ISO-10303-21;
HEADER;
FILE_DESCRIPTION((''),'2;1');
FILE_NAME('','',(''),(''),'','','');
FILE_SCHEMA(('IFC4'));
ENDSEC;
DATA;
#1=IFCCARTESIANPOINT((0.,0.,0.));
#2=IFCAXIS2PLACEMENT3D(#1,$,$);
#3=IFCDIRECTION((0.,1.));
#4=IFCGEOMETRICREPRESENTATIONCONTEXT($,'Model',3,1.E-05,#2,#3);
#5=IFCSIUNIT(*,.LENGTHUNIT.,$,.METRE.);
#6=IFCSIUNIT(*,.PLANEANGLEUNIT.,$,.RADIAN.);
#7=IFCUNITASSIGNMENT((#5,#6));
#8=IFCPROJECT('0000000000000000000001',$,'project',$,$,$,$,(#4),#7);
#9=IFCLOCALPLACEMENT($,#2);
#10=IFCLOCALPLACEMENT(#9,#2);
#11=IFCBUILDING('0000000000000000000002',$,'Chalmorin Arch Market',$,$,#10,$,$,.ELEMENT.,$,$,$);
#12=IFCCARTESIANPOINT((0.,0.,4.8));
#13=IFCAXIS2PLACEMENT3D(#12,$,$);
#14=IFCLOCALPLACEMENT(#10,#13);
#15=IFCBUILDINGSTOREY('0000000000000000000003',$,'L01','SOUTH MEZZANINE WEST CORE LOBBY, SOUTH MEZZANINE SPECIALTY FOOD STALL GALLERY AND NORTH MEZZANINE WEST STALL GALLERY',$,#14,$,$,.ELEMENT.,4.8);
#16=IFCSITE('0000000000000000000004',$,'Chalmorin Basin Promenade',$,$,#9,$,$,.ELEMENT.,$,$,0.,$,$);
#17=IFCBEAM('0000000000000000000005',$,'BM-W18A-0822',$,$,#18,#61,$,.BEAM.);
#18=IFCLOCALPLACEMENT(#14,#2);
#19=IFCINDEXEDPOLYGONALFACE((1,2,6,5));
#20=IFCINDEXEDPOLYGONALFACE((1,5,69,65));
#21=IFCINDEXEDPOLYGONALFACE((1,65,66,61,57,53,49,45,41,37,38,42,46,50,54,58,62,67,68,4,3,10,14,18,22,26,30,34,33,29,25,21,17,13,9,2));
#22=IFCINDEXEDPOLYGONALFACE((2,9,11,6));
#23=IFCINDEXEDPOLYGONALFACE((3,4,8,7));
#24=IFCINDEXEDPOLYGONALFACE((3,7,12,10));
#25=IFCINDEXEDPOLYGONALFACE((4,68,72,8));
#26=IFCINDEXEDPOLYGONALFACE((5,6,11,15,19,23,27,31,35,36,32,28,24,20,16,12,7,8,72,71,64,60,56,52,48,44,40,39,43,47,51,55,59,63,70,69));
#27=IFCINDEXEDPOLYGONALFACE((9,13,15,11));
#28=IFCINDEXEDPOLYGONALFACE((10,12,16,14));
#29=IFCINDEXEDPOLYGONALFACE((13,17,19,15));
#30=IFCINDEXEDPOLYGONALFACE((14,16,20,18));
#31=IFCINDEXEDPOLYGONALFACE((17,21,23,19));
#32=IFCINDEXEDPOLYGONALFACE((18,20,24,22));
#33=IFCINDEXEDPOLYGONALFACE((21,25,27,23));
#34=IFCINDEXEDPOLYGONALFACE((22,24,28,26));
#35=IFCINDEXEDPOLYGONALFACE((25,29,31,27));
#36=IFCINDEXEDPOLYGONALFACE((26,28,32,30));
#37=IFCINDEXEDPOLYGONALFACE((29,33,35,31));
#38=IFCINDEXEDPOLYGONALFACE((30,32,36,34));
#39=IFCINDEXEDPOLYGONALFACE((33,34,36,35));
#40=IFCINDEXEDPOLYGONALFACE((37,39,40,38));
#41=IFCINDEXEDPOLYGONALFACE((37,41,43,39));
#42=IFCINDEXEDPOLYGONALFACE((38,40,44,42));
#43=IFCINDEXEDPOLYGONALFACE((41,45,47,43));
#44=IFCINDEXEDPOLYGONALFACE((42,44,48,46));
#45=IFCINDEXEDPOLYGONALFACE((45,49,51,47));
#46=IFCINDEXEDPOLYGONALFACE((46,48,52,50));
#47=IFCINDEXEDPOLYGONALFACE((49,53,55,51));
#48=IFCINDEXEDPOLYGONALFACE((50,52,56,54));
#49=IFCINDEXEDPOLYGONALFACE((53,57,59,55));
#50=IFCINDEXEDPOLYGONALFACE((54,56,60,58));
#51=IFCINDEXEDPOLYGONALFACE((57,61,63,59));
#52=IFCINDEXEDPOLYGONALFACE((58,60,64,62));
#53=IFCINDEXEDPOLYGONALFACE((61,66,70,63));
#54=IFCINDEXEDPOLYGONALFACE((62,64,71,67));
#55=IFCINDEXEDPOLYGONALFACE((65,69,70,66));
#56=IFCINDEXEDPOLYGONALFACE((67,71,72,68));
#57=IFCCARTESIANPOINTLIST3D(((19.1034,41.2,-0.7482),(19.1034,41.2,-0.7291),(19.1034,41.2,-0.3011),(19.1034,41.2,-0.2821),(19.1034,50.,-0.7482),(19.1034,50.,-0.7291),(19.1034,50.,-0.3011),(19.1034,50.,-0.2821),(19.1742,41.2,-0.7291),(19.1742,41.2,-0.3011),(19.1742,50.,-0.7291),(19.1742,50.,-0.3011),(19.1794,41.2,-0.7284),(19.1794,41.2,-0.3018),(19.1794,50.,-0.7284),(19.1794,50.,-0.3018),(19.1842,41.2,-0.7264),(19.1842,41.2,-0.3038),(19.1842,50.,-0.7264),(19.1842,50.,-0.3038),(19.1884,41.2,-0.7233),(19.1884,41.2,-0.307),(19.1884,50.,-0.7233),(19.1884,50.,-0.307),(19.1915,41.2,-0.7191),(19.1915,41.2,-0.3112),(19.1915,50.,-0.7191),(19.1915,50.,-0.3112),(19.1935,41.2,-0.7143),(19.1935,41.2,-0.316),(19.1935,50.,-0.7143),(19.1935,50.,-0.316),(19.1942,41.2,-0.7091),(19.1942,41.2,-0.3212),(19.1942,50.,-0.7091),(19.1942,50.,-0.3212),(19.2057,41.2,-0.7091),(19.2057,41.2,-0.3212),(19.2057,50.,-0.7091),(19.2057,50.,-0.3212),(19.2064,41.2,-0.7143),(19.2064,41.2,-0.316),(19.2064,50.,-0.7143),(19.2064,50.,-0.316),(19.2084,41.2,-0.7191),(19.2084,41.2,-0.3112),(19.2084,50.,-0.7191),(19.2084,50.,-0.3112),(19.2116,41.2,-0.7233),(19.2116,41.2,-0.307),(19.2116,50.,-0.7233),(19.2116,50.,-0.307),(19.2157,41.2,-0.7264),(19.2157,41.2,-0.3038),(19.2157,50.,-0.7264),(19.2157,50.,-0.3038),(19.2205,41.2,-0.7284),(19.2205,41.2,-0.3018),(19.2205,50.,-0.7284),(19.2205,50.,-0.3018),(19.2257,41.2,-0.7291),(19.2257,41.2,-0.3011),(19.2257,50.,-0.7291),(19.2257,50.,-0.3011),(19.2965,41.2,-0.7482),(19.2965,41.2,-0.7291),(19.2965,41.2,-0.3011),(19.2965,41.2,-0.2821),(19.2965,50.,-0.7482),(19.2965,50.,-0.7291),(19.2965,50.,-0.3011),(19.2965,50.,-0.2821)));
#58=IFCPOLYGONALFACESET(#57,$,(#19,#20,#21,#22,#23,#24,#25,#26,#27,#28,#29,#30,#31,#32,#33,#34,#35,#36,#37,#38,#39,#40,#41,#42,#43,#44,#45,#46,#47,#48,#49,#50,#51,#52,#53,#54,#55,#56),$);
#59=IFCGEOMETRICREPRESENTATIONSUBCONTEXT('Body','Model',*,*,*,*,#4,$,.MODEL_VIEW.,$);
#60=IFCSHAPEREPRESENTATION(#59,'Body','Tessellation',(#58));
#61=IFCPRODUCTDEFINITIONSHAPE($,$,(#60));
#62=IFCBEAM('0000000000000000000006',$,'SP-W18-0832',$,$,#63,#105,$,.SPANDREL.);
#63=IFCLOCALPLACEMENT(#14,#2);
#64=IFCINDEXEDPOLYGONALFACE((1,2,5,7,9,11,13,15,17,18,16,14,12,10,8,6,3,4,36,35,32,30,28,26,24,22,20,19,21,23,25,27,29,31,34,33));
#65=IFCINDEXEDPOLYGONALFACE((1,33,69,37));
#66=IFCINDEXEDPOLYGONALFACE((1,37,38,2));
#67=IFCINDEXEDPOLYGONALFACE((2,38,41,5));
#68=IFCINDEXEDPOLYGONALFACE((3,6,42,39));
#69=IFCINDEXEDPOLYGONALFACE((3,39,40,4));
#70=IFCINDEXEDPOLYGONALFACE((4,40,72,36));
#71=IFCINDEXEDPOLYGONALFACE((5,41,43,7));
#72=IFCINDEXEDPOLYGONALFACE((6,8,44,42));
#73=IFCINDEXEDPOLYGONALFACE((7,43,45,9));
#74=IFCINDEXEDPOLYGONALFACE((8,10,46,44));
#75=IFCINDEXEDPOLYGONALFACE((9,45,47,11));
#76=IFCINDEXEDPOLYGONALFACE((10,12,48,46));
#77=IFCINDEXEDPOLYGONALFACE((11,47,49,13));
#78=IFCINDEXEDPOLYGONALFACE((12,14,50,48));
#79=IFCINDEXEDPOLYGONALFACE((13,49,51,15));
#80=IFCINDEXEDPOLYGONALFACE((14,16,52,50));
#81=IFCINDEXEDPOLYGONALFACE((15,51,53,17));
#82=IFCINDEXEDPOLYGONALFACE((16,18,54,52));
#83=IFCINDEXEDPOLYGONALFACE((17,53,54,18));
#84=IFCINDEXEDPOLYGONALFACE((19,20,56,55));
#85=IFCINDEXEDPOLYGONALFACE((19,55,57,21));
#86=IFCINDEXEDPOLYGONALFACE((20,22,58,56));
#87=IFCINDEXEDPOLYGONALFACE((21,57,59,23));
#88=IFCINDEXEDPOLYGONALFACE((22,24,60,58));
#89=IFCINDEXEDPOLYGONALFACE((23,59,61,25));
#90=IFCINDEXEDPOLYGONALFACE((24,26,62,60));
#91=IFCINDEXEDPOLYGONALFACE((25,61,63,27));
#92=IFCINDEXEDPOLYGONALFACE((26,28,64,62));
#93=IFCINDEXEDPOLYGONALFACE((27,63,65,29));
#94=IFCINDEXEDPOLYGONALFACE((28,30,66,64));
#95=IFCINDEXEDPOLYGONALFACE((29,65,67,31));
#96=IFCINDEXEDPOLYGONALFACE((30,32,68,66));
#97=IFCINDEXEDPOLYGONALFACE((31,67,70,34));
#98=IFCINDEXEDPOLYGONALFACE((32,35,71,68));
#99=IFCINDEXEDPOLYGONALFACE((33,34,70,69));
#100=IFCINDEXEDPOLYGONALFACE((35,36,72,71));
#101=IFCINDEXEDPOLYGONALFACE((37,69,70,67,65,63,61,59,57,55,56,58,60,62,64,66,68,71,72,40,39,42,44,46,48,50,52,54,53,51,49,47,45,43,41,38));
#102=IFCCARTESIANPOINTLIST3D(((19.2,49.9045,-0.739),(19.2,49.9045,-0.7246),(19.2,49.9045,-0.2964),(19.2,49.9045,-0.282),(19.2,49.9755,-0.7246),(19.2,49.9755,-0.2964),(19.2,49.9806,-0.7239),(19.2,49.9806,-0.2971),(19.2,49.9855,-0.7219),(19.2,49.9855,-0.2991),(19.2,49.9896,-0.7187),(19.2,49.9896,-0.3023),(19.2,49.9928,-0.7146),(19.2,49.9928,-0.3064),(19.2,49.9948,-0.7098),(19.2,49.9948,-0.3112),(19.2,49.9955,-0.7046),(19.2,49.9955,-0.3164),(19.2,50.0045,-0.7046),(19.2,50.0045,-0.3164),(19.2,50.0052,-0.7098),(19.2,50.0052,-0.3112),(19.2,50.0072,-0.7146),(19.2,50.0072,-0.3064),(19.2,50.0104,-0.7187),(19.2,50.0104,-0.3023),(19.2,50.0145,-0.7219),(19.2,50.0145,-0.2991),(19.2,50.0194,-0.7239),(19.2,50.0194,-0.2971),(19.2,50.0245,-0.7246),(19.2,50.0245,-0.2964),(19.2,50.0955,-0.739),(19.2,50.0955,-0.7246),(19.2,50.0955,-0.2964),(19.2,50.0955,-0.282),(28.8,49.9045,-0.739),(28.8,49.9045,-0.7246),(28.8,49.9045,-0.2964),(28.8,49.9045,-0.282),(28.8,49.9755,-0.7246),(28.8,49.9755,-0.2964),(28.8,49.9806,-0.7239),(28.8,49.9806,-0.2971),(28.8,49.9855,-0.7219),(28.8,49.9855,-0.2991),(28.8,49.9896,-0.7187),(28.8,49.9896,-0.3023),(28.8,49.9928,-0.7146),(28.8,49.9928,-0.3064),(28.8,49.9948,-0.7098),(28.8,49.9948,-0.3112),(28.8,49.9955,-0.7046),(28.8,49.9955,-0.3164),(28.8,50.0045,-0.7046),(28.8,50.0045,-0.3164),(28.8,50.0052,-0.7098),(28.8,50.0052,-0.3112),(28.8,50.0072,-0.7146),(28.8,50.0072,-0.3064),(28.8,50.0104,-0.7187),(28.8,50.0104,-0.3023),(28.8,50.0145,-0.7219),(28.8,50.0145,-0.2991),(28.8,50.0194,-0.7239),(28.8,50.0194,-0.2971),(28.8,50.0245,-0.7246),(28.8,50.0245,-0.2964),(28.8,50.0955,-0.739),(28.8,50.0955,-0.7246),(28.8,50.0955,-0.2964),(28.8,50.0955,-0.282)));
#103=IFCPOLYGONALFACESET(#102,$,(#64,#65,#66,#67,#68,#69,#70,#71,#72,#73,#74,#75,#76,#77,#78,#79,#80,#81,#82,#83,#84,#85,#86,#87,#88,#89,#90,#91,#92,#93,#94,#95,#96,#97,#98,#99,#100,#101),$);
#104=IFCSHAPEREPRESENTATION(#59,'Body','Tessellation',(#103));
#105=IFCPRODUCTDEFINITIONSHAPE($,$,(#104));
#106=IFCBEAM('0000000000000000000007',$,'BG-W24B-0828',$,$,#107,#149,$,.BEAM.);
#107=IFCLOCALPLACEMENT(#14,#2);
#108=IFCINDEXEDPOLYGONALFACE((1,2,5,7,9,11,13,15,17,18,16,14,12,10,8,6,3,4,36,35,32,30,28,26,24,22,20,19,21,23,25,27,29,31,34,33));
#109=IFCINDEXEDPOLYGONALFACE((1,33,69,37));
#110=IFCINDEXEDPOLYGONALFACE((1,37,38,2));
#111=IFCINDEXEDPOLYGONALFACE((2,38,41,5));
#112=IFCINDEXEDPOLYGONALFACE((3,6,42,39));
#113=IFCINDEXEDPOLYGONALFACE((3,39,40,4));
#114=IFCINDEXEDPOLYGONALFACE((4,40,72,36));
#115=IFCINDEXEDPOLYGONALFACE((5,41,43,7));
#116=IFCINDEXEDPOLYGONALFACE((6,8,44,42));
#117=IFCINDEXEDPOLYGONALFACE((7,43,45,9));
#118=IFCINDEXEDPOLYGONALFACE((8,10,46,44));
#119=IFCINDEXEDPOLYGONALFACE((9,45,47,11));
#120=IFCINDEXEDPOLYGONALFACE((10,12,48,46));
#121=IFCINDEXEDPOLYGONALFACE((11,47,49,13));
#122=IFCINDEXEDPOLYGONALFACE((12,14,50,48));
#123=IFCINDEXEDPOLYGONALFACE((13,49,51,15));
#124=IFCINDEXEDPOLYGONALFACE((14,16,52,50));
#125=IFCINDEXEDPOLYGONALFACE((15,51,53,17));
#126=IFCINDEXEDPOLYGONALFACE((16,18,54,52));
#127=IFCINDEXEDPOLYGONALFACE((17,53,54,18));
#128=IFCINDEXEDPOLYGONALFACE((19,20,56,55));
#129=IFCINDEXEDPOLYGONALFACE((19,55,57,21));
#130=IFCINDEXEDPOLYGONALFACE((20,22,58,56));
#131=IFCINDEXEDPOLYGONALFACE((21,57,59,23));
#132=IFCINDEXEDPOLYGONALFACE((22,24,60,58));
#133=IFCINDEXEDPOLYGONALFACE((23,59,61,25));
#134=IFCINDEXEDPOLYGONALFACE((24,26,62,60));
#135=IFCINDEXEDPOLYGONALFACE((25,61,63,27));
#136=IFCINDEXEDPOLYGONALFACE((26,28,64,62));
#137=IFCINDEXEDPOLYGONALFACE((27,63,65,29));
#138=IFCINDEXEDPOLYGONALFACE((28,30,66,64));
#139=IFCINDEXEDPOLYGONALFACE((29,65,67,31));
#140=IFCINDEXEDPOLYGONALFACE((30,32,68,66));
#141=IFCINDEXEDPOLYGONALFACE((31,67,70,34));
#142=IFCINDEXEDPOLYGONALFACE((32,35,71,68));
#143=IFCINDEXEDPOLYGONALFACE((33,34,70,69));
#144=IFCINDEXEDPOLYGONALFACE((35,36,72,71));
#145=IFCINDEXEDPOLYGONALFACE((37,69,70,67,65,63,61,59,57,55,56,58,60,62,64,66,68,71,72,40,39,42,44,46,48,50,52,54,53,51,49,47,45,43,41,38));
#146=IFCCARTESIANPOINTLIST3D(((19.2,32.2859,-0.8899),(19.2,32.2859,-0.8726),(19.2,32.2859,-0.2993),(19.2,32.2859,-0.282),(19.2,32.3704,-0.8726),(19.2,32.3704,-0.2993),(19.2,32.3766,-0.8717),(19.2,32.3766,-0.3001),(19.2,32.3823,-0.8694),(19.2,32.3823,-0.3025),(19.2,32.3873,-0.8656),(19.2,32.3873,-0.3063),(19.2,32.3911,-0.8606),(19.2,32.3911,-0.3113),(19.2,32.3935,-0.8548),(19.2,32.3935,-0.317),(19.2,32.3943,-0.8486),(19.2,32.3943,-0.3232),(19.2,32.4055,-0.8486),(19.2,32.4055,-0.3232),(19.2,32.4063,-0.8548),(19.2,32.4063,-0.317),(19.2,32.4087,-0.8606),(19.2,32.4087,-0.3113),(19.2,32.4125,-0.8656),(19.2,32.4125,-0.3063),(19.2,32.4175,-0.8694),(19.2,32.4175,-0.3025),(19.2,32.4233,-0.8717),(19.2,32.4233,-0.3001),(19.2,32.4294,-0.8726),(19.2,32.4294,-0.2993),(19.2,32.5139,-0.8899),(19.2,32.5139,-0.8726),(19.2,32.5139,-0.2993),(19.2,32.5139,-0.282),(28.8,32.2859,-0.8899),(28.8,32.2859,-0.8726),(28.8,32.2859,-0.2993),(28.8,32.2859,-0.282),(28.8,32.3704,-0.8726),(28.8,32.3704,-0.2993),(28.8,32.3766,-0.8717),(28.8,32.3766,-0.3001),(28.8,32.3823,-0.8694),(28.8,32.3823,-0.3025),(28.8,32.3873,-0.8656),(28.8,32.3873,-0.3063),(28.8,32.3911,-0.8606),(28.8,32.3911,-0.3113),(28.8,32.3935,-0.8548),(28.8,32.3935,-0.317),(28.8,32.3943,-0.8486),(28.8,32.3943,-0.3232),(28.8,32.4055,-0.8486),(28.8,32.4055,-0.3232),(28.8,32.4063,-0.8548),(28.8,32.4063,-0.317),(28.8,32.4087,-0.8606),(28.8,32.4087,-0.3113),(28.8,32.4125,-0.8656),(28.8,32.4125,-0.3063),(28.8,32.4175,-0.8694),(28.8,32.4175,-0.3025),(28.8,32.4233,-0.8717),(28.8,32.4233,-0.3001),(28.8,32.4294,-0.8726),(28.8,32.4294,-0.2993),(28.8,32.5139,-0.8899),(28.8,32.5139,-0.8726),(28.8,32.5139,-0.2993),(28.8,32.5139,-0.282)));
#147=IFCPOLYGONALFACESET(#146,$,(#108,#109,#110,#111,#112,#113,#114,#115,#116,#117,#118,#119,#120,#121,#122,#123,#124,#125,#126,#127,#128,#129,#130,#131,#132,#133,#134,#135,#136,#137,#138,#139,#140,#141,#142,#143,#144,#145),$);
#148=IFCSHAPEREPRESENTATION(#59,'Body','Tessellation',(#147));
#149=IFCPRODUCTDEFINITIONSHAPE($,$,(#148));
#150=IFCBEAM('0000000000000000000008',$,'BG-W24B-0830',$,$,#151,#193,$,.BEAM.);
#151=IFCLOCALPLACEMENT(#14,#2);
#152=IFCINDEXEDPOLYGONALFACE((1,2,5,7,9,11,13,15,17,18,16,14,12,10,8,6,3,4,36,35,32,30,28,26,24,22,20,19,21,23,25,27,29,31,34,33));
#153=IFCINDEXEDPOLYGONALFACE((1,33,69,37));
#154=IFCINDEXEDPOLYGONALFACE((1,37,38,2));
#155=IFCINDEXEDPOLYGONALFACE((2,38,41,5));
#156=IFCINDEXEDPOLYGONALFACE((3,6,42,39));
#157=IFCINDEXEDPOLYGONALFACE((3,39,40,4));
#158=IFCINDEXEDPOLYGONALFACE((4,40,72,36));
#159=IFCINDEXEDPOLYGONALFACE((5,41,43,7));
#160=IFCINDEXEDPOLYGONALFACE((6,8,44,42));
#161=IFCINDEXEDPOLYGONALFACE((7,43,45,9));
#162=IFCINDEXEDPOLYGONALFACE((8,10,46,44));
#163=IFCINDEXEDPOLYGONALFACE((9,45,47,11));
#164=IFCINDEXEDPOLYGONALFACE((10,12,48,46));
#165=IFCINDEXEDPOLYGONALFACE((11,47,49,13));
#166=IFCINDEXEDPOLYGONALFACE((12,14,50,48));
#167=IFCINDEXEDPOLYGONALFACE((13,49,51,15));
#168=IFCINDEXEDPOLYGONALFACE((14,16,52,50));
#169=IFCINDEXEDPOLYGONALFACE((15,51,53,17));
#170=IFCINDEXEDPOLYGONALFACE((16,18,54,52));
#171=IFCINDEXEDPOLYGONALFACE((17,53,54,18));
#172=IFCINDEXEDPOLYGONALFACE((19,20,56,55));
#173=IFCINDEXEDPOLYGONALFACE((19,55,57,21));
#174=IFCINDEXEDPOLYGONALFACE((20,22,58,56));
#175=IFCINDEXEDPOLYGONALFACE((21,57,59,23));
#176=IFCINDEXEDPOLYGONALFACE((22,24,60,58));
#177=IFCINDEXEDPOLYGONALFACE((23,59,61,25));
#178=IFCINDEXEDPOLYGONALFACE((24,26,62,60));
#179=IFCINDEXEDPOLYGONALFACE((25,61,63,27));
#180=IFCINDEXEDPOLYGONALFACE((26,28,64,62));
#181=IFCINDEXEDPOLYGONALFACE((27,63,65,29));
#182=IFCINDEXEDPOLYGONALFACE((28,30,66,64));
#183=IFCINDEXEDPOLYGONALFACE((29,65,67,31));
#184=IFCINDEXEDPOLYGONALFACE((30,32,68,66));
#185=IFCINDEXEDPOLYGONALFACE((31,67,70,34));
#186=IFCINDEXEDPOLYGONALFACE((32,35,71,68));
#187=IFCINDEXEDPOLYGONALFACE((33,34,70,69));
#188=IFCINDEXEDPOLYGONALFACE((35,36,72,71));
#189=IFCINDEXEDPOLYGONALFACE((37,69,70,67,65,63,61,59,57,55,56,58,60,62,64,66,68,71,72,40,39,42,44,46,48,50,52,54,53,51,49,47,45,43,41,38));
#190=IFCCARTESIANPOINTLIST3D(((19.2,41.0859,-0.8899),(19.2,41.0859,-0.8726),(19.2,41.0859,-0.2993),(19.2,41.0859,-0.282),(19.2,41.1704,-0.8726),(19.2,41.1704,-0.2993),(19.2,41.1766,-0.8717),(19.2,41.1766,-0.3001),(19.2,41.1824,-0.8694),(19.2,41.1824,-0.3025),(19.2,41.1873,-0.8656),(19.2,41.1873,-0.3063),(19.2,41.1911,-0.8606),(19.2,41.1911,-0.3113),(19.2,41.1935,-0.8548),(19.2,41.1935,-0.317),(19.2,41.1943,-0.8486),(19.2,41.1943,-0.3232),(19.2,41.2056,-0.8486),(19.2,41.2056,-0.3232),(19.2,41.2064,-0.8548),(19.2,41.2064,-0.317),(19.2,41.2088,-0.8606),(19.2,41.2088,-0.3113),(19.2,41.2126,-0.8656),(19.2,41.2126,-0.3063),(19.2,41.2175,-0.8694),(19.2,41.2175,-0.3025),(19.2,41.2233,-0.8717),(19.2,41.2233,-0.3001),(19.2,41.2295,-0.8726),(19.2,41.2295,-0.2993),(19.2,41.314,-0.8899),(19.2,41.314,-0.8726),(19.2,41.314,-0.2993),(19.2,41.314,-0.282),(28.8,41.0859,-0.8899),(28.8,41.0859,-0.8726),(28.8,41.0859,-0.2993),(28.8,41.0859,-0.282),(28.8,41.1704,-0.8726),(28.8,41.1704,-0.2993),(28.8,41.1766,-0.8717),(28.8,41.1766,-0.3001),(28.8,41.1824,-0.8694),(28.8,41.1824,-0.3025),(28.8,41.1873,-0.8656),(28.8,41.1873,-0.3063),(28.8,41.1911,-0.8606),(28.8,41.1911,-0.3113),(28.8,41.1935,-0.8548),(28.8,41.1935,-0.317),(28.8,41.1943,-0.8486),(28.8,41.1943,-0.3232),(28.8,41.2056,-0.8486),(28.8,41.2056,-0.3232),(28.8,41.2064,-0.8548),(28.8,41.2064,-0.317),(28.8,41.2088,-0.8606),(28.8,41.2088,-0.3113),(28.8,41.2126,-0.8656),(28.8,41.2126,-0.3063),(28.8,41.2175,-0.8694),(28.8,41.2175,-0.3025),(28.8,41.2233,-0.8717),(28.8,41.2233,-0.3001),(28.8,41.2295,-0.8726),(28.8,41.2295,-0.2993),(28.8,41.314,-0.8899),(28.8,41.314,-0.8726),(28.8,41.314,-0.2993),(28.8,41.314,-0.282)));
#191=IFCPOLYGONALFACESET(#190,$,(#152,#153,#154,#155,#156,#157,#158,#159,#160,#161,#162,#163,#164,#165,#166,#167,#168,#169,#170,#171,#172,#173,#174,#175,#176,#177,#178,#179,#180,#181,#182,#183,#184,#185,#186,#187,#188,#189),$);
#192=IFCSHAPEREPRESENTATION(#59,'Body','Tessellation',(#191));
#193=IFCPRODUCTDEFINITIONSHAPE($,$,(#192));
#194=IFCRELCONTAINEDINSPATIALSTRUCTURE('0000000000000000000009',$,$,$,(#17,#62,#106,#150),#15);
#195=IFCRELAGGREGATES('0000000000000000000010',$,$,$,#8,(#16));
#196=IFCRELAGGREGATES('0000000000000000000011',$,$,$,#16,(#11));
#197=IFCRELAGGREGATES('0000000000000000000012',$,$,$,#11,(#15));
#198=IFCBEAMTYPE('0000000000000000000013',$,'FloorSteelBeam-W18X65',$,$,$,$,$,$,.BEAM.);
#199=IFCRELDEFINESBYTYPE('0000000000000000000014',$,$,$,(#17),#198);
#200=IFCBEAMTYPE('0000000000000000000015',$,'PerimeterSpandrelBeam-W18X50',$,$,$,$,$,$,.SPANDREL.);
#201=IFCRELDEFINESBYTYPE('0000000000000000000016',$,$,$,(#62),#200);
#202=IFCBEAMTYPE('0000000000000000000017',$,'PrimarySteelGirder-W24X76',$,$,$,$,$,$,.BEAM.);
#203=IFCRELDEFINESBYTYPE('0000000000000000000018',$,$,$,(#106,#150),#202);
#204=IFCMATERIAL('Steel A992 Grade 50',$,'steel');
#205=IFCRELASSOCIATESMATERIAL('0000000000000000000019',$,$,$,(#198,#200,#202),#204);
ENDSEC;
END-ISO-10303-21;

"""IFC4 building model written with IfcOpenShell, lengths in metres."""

from ifc_helpers import new_model, si_unit, direction, frame, origin, origin_2d, place, context, subcontext, project, spatial, i_section, extrude, material, material_profile, profile_set, type_object, element, save


model = new_model("IFC4")

# Units and contexts
model_context = context("Model", 3, precision=1e-05, world=origin(), true_north=direction((0.0, 1.0)))
body_context = subcontext(model_context, "Body", "Model", "MODEL_VIEW")
ifc_project = project(units=[si_unit("LENGTHUNIT", "METRE"), si_unit("PLANEANGLEUNIT", "RADIAN")], contexts=[model_context])

# Site, building, storey
site_placement = place(None, origin())
site = spatial("IfcSite", under=ifc_project, at=site_placement, Name="Chalmorin Basin Promenade", CompositionType="ELEMENT", RefElevation=0.0)
building_placement = place(site_placement, origin())
building = spatial("IfcBuilding", under=site, at=building_placement, Name="Chalmorin Arch Market", CompositionType="ELEMENT")
storey_placement = place(building_placement, frame((0.0, 0.0, 4.8)))
storey = spatial("IfcBuildingStorey", under=building, at=storey_placement, Name="L01", Description="SOUTH MEZZANINE WEST CORE LOBBY, SOUTH MEZZANINE SPECIALTY FOOD STALL GALLERY AND NORTH MEZZANINE WEST STALL GALLERY", CompositionType="ELEMENT", Elevation=4.8)

# Shared definitions
ifc_material_1 = material(Name="Steel A992 Grade 50", Category="steel")

# Beams
ifc_material_profile_1 = material_profile(ifc_material_1, i_section(OverallWidth=0.1931, OverallDepth=0.4661, WebThickness=0.0115, FlangeThickness=0.019, FilletRadius=0.02, at=origin_2d()), Name="W18X65")
ifc_profile_set_1 = profile_set([ifc_material_profile_1], Name="Steel A992 Grade 50")
beam_type_1 = type_object("IfcBeamType", Name="FloorSteelBeam-W18X65", PredefinedType="BEAM", material=ifc_profile_set_1)
for number, where, z_axis, x_axis, name in (
    (1, (19.2, 41.2, -0.5151), (0.0, 1.0, 0.0), (-1.0, 0.0, 0.0), "BM-W18A-0822"),
):
    element("IfcBeam", number, at=place(storey_placement, frame(where, z_axis=z_axis, x_axis=x_axis)), inside=storey, type_object=beam_type_1, Name=name, PredefinedType="BEAM", context=body_context, shape_type="SweptSolid", body=[
        extrude(i_section(OverallWidth=0.1931, OverallDepth=0.4661, WebThickness=0.0115, FlangeThickness=0.019, FilletRadius=0.02, at=origin_2d()), origin(), (0.0, 0.0, 1.0), 8.8),
    ])
ifc_material_profile_2 = material_profile(ifc_material_1, i_section(OverallWidth=0.1909, OverallDepth=0.457, WebThickness=0.009, FlangeThickness=0.0144, FilletRadius=0.02, at=origin_2d()), Name="W18X50")
ifc_profile_set_2 = profile_set([ifc_material_profile_2], Name="Steel A992 Grade 50")
beam_type_2 = type_object("IfcBeamType", Name="PerimeterSpandrelBeam-W18X50", PredefinedType="SPANDREL", material=ifc_profile_set_2)
beam_placement = place(storey_placement, frame((19.2, 50.0, -0.5105), z_axis=(1.0, 0.0, 0.0), x_axis=(0.0, 1.0, 0.0)))
element("IfcBeam", 2, at=beam_placement, inside=storey, type_object=beam_type_2, Name="SP-W18-0832", PredefinedType="SPANDREL", context=body_context, shape_type="SweptSolid", body=[
    extrude(i_section(OverallWidth=0.1909, OverallDepth=0.457, WebThickness=0.009, FlangeThickness=0.0144, FilletRadius=0.02, at=origin_2d()), origin(), (0.0, 0.0, 1.0), 9.6001),
])
ifc_material_profile_3 = material_profile(ifc_material_1, i_section(OverallWidth=0.228, OverallDepth=0.6079, WebThickness=0.0112, FlangeThickness=0.0173, FilletRadius=0.0239, at=origin_2d()), Name="W24X76")
ifc_profile_set_3 = profile_set([ifc_material_profile_3], Name="Steel A992 Grade 50")
beam_type_3 = type_object("IfcBeamType", Name="PrimarySteelGirder-W24X76", PredefinedType="BEAM", material=ifc_profile_set_3)
for number, where, z_axis, x_axis, name in (
    (3, (19.2, 32.3999, -0.5859), (1.0, 0.0, 0.0), (0.0, 1.0, 0.0), "BG-W24B-0828"),
    (4, (19.2, 41.2, -0.5859), (1.0, 0.0, 0.0), (0.0, 1.0, 0.0), "BG-W24B-0830"),
):
    element("IfcBeam", number, at=place(storey_placement, frame(where, z_axis=z_axis, x_axis=x_axis)), inside=storey, type_object=beam_type_3, Name=name, PredefinedType="BEAM", context=body_context, shape_type="SweptSolid", body=[
        extrude(i_section(OverallWidth=0.228, OverallDepth=0.6079, WebThickness=0.0112, FlangeThickness=0.0173, FilletRadius=0.0239, at=origin_2d()), origin(), (0.0, 0.0, 1.0), 9.6001),
    ])

save(model, "model.ifc")
